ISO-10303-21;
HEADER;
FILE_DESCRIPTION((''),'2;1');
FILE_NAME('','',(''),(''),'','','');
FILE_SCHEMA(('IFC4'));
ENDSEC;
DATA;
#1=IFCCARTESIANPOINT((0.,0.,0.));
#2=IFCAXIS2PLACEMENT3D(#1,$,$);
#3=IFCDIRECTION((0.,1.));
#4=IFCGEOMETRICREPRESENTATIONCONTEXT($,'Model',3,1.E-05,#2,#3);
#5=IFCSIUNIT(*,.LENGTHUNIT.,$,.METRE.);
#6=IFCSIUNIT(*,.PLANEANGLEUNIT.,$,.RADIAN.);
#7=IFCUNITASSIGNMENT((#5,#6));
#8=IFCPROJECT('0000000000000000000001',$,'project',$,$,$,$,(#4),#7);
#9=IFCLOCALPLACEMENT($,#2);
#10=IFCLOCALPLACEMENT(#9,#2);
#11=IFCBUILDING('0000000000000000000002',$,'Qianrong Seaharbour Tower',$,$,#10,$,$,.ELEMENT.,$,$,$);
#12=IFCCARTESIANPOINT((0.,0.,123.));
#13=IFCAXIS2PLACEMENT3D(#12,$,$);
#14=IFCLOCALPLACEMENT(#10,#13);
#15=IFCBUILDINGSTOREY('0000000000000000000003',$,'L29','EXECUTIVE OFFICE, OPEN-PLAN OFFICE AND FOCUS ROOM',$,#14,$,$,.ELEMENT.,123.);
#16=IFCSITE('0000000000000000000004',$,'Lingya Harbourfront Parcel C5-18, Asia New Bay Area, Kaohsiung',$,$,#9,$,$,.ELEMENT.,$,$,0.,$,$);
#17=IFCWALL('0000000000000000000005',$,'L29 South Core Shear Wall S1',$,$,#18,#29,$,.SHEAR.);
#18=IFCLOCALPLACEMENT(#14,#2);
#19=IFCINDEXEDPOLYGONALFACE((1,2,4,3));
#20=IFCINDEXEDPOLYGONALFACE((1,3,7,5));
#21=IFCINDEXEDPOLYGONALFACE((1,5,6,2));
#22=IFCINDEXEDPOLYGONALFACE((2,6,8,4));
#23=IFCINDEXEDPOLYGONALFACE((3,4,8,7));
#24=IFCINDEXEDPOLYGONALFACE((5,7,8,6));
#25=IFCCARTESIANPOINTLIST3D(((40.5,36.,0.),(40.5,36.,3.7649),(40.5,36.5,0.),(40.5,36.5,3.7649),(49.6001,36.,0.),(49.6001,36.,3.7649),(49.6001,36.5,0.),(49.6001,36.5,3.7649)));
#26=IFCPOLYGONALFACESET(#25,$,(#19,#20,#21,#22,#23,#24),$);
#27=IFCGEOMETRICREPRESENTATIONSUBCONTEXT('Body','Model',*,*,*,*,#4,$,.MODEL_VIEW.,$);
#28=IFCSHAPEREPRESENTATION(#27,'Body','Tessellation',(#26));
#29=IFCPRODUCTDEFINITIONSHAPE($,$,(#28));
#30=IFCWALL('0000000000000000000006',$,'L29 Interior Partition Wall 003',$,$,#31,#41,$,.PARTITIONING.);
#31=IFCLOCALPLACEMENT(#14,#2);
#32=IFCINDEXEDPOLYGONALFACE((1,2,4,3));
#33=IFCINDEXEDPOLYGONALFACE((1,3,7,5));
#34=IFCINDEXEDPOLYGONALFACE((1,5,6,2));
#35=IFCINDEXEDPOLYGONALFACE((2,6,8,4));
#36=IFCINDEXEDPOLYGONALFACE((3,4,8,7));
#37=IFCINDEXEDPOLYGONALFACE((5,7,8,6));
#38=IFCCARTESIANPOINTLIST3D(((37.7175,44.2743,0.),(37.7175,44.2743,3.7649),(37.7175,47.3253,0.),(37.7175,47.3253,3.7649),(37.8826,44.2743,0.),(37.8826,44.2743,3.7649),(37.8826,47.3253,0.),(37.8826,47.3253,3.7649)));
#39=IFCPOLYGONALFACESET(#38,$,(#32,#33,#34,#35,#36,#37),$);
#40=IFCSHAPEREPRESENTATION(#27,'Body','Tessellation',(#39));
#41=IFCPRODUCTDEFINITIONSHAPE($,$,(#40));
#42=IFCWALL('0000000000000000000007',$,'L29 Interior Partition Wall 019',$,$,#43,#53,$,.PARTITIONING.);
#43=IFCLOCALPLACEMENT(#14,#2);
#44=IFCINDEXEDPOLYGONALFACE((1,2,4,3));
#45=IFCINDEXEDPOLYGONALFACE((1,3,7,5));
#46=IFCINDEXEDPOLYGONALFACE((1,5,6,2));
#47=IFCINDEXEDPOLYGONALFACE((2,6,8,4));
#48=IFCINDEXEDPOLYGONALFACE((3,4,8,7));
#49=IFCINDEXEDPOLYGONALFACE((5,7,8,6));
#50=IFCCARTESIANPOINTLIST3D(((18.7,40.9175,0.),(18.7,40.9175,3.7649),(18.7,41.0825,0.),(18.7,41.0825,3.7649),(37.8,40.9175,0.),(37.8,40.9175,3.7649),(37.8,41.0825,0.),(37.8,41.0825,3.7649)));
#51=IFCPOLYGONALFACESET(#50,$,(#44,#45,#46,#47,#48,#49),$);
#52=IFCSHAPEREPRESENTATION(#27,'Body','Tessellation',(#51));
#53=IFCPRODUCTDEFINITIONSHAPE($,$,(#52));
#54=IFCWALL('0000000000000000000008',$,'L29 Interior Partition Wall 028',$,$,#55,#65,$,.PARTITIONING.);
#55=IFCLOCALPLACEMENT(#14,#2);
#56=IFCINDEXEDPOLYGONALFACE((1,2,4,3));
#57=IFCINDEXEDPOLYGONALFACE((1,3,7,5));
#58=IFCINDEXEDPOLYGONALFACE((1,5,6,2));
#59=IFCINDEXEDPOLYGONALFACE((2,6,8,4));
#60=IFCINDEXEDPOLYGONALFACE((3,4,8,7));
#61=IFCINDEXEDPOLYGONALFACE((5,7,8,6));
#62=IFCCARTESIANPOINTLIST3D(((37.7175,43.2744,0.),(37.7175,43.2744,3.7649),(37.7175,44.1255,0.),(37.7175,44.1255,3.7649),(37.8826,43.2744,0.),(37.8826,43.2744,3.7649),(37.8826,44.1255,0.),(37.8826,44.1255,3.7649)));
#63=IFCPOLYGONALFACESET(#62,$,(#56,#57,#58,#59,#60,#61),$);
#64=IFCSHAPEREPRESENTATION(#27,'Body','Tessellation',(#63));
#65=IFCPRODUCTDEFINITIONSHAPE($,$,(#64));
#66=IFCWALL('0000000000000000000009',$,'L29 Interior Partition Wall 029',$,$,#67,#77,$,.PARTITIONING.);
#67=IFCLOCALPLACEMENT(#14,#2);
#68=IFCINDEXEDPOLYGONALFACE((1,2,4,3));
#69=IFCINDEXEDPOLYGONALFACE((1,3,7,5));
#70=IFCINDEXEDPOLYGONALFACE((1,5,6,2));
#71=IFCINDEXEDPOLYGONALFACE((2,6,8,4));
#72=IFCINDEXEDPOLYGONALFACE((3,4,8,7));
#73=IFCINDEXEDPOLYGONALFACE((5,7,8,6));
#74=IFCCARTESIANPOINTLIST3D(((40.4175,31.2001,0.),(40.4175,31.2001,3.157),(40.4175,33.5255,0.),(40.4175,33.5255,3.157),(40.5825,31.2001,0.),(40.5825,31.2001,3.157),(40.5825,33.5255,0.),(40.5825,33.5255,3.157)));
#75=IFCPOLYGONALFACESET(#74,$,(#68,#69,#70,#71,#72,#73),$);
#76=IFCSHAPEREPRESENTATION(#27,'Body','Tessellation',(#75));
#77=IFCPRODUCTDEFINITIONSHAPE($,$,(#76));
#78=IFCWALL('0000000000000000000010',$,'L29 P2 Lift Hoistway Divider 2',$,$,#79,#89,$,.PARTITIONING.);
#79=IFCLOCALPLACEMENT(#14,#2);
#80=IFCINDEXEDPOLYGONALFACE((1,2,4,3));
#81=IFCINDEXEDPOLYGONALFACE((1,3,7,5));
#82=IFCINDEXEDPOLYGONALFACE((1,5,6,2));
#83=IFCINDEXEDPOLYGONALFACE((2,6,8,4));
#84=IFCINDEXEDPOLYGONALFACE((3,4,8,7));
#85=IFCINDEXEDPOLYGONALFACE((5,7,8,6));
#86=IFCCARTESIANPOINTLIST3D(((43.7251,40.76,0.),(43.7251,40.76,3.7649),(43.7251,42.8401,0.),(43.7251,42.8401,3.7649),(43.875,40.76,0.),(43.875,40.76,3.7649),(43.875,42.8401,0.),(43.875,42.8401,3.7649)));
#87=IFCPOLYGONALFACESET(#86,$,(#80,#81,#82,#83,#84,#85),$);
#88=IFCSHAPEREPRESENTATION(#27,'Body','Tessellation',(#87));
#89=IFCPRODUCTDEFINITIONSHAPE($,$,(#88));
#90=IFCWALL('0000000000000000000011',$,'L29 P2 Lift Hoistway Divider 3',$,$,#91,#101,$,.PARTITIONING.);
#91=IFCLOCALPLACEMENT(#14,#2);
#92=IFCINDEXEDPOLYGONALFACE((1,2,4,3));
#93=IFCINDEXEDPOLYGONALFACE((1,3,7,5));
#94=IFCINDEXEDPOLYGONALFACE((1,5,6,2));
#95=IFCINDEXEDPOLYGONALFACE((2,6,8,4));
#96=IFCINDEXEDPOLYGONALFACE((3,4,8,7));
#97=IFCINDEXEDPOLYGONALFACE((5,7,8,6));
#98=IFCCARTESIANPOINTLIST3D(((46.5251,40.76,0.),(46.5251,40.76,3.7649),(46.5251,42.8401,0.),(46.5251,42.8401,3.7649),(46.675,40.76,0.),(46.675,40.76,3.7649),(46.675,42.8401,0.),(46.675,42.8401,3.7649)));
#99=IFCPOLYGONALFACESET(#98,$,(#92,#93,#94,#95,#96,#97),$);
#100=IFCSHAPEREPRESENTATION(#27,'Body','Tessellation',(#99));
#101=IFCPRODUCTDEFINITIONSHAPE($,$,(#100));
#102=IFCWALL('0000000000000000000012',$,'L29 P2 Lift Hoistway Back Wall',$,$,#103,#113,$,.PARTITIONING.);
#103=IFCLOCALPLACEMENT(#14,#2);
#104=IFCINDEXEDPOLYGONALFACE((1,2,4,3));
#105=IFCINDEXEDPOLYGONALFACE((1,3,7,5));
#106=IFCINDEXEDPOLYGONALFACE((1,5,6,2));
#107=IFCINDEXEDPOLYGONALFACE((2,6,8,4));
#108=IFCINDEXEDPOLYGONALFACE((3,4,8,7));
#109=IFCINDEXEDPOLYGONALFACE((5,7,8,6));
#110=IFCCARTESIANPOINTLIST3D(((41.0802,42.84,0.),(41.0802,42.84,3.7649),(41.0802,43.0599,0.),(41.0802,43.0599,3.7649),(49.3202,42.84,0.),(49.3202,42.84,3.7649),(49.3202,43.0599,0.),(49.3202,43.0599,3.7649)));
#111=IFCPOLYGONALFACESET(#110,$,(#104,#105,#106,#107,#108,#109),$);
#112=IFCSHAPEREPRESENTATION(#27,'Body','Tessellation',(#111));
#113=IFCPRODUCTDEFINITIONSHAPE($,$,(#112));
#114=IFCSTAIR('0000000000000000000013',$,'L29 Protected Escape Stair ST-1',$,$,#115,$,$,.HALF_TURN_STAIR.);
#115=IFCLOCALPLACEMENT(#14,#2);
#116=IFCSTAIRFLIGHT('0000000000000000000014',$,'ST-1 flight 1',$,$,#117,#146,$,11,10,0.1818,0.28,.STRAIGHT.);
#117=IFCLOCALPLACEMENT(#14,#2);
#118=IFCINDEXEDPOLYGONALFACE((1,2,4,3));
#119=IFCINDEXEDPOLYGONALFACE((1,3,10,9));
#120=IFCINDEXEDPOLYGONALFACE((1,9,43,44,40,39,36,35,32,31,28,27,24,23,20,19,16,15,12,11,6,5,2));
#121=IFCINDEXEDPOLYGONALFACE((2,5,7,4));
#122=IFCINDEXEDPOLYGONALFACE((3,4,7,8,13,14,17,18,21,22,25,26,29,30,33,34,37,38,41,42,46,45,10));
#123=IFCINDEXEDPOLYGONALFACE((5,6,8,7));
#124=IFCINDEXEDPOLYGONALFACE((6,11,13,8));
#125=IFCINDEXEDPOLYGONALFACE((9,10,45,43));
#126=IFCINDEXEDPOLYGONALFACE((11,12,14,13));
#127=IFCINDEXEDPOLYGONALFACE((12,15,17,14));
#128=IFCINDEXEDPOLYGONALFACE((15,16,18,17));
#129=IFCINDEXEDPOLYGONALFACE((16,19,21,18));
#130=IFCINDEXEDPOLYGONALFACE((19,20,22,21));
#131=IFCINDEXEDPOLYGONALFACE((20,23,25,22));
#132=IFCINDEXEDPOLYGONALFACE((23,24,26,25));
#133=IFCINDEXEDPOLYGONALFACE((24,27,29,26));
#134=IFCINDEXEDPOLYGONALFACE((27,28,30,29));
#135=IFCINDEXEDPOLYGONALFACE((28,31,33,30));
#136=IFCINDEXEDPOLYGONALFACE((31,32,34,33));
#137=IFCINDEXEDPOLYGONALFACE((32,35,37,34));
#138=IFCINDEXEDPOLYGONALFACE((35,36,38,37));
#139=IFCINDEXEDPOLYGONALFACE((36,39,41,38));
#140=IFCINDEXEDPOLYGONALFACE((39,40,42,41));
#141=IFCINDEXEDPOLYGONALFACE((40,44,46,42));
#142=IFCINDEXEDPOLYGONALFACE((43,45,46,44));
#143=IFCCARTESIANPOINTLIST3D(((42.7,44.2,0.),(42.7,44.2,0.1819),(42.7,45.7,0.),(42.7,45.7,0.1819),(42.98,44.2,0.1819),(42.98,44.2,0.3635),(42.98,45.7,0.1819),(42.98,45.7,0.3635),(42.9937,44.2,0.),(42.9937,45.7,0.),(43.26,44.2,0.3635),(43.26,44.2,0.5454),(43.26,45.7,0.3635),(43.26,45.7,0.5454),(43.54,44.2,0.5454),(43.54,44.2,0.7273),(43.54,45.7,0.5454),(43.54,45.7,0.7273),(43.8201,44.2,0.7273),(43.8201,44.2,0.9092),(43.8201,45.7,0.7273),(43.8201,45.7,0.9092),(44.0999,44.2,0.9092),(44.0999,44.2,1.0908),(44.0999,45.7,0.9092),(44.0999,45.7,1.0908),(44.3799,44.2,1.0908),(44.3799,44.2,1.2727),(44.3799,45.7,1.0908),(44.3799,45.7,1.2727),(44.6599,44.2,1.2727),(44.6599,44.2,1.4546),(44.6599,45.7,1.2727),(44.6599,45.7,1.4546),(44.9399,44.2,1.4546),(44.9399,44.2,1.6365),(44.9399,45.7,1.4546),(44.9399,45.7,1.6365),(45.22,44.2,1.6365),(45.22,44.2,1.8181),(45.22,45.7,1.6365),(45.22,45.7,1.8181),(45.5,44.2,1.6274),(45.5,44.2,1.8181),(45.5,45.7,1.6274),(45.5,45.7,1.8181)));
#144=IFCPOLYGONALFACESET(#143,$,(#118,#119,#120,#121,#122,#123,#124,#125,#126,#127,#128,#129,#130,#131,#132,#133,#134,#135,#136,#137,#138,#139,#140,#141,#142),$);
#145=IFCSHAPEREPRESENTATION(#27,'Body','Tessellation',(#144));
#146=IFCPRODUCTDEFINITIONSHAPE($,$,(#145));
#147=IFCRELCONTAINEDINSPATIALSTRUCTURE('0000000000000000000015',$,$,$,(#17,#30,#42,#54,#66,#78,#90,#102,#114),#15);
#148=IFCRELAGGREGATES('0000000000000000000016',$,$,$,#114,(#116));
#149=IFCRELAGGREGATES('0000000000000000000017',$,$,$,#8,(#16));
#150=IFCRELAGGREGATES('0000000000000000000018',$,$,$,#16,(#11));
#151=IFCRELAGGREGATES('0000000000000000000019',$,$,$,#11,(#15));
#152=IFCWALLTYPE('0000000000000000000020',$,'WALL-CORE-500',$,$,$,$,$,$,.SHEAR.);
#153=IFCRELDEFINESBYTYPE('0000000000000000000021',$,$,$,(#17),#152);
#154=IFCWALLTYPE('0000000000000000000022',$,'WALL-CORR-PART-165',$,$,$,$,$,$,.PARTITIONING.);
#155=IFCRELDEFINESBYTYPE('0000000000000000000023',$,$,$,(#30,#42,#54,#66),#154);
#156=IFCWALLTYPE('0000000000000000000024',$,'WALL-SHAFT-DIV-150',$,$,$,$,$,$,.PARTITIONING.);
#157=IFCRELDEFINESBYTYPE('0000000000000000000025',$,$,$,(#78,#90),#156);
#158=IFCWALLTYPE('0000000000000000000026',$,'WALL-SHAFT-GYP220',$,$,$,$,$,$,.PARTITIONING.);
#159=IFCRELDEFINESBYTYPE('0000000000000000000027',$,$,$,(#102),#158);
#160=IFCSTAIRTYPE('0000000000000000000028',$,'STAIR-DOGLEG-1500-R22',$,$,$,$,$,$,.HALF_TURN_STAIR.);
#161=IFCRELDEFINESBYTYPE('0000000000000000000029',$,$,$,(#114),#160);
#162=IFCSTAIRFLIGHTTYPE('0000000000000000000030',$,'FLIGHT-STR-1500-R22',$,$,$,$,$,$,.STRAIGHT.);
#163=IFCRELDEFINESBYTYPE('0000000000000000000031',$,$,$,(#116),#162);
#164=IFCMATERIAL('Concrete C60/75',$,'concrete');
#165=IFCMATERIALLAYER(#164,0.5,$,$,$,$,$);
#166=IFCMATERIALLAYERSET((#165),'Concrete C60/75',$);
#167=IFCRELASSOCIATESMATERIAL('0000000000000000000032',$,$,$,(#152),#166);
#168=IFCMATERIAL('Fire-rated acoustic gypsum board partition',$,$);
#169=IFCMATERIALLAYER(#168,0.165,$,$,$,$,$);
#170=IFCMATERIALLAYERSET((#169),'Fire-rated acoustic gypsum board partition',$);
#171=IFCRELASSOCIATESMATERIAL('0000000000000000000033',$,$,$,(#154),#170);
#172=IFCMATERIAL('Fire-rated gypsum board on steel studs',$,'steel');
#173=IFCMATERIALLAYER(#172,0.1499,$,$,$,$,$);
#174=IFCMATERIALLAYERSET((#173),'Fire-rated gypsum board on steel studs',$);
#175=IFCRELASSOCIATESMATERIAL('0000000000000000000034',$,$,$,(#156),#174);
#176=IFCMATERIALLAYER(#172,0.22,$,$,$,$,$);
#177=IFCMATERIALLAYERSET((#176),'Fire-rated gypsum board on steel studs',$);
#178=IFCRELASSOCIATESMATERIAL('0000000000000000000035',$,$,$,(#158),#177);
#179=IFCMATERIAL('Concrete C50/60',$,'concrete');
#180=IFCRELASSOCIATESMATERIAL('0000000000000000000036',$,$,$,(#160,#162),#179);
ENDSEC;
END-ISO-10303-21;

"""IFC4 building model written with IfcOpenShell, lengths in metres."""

from ifc_helpers import new_model, si_unit, direction, frame, frame_2d, origin, place, context, subcontext, project, spatial, polyline, rectangle, outline, extrude, material, layer, layer_set, type_object, element, aggregate, save


model = new_model("IFC4")

# Units and contexts
model_context = context("Model", 3, precision=1e-05, world=origin(), true_north=direction((0.0, 1.0)))
body_context = subcontext(model_context, "Body", "Model", "MODEL_VIEW")
ifc_project = project(units=[si_unit("LENGTHUNIT", "METRE"), si_unit("PLANEANGLEUNIT", "RADIAN")], contexts=[model_context])

# Site, building, storey
site_placement = place(None, origin())
site = spatial("IfcSite", under=ifc_project, at=site_placement, Name="Lingya Harbourfront Parcel C5-18, Asia New Bay Area, Kaohsiung", CompositionType="ELEMENT", RefElevation=0.0)
building_placement = place(site_placement, origin())
building = spatial("IfcBuilding", under=site, at=building_placement, Name="Qianrong Seaharbour Tower", CompositionType="ELEMENT")
storey_placement = place(building_placement, frame((0.0, 0.0, 123.0)))
storey = spatial("IfcBuildingStorey", under=building, at=storey_placement, Name="L29", Description="EXECUTIVE OFFICE, OPEN-PLAN OFFICE AND FOCUS ROOM", CompositionType="ELEMENT", Elevation=123.0)

# Wall
ifc_material_1 = material(Name="Concrete C60/75", Category="concrete")
ifc_layer_1 = layer(ifc_material_1, 0.5)
ifc_layer_set_1 = layer_set([ifc_layer_1], Name="Concrete C60/75")
wall_type_1 = type_object("IfcWallType", Name="WALL-CORE-500", PredefinedType="SHEAR", material=ifc_layer_set_1)
wall_1_placement = place(storey_placement, frame((40.5, 36.25, 0.0), z_axis=(0.0, 0.0, 1.0), x_axis=(1.0, 0.0, 0.0)))
element("IfcWall", 1, at=wall_1_placement, inside=storey, type_object=wall_type_1, Name="L29 South Core Shear Wall S1", PredefinedType="SHEAR", context=body_context, shape_type="SweptSolid", body=[
    extrude(rectangle(XDim=9.1001, YDim=0.5, at=frame_2d((4.55, 0.0))), origin(), (0.0, 0.0, 1.0), 3.7649),
])

# Shared definitions
ifc_material_2 = material(Name="Fire-rated acoustic gypsum board partition")
ifc_layer_2 = layer(ifc_material_2, 0.165)
ifc_layer_set_2 = layer_set([ifc_layer_2], Name="Fire-rated acoustic gypsum board partition")
wall_type_2 = type_object("IfcWallType", Name="WALL-CORR-PART-165", PredefinedType="PARTITIONING", material=ifc_layer_set_2)

# Walls
wall_2_placement = place(storey_placement, frame((37.8, 44.2744, 0.0), z_axis=(0.0, 0.0, 1.0), x_axis=(0.0, 1.0, 0.0)))
element("IfcWall", 2, at=wall_2_placement, inside=storey, type_object=wall_type_2, Name="L29 Interior Partition Wall 003", PredefinedType="PARTITIONING", context=body_context, shape_type="SweptSolid", body=[
    extrude(rectangle(XDim=3.051, YDim=0.165, at=frame_2d((1.5254, 0.0))), origin(), (0.0, 0.0, 1.0), 3.7649),
])
wall_3_placement = place(storey_placement, frame((37.8, 41.0, 0.0), z_axis=(0.0, 0.0, 1.0), x_axis=(-1.0, 0.0, 0.0)))
element("IfcWall", 3, at=wall_3_placement, inside=storey, type_object=wall_type_2, Name="L29 Interior Partition Wall 019", PredefinedType="PARTITIONING", context=body_context, shape_type="SweptSolid", body=[
    extrude(rectangle(XDim=19.1001, YDim=0.165, at=frame_2d((9.55, 0.0))), origin(), (0.0, 0.0, 1.0), 3.7649),
])
wall_4_placement = place(storey_placement, frame((37.8, 43.2744, 0.0), z_axis=(0.0, 0.0, 1.0), x_axis=(0.0, 1.0, 0.0)))
element("IfcWall", 4, at=wall_4_placement, inside=storey, type_object=wall_type_2, Name="L29 Interior Partition Wall 028", PredefinedType="PARTITIONING", context=body_context, shape_type="SweptSolid", body=[
    extrude(rectangle(XDim=0.8511, YDim=0.165, at=frame_2d((0.4255, 0.0))), origin(), (0.0, 0.0, 1.0), 3.7649),
])
wall_5_placement = place(storey_placement, frame((40.5, 33.5254, 0.0), z_axis=(0.0, 0.0, 1.0), x_axis=(0.0, -1.0, 0.0)))
element("IfcWall", 5, at=wall_5_placement, inside=storey, type_object=wall_type_2, Name="L29 Interior Partition Wall 029", PredefinedType="PARTITIONING", context=body_context, shape_type="SweptSolid", body=[
    extrude(rectangle(XDim=2.3254, YDim=0.165, at=frame_2d((1.1626, 0.0))), origin(), (0.0, 0.0, 1.0), 3.157),
])
ifc_material_3 = material(Name="Fire-rated gypsum board on steel studs", Category="steel")
ifc_layer_3 = layer(ifc_material_3, 0.1499)
ifc_layer_set_3 = layer_set([ifc_layer_3], Name="Fire-rated gypsum board on steel studs")
wall_type_3 = type_object("IfcWallType", Name="WALL-SHAFT-DIV-150", PredefinedType="PARTITIONING", material=ifc_layer_set_3)
for number, where, z_axis, x_axis, name in (
    (6, (43.8, 40.76, 0.0), (0.0, 0.0, 1.0), (0.0, 1.0, 0.0), "L29 P2 Lift Hoistway Divider 2"),
    (7, (46.6001, 40.76, 0.0), (0.0, 0.0, 1.0), (0.0, 1.0, 0.0), "L29 P2 Lift Hoistway Divider 3"),
):
    element("IfcWall", number, at=place(storey_placement, frame(where, z_axis=z_axis, x_axis=x_axis)), inside=storey, type_object=wall_type_3, Name=name, PredefinedType="PARTITIONING", context=body_context, shape_type="SweptSolid", body=[
        extrude(rectangle(XDim=2.0801, YDim=0.1499, at=frame_2d((1.04, 0.0))), origin(), (0.0, 0.0, 1.0), 3.7649),
    ])
ifc_layer_4 = layer(ifc_material_3, 0.22)
ifc_layer_set_4 = layer_set([ifc_layer_4], Name="Fire-rated gypsum board on steel studs")
wall_type_4 = type_object("IfcWallType", Name="WALL-SHAFT-GYP220", PredefinedType="PARTITIONING", material=ifc_layer_set_4)
wall_6_placement = place(storey_placement, frame((41.0801, 42.95, 0.0), z_axis=(0.0, 0.0, 1.0), x_axis=(1.0, 0.0, 0.0)))
element("IfcWall", 8, at=wall_6_placement, inside=storey, type_object=wall_type_4, Name="L29 P2 Lift Hoistway Back Wall", PredefinedType="PARTITIONING", context=body_context, shape_type="SweptSolid", body=[
    extrude(rectangle(XDim=8.24, YDim=0.22, at=frame_2d((4.1201, 0.0))), origin(), (0.0, 0.0, 1.0), 3.7649),
])

# Stair, stair flight
ifc_material_4 = material(Name="Concrete C50/60", Category="concrete")
stair_type = type_object("IfcStairType", Name="STAIR-DOGLEG-1500-R22", PredefinedType="HALF_TURN_STAIR", material=ifc_material_4)
stair_placement = place(storey_placement, origin())
stair = element("IfcStair", 9, at=stair_placement, inside=storey, type_object=stair_type, Name="L29 Protected Escape Stair ST-1", PredefinedType="HALF_TURN_STAIR")
stair_flight_type = type_object("IfcStairFlightType", Name="FLIGHT-STR-1500-R22", PredefinedType="STRAIGHT", material=ifc_material_4)
stair_flight_placement = place(storey_placement, frame((42.7, 44.95, 0.0), z_axis=(0.0, 0.0, 1.0), x_axis=(1.0, 0.0, 0.0)))
stair_flight = element("IfcStairFlight", 10, at=stair_flight_placement, type_object=stair_flight_type, Name="ST-1 flight 1", NumberOfRisers=11, NumberOfTreads=10, PredefinedType="STRAIGHT", RiserHeight=0.1818, TreadLength=0.28, context=body_context, shape_type="SweptSolid", body=[
    extrude(outline(polyline([(0.0, 0.0), (0.0, 0.1819), (0.28, 0.1819), (0.28, 0.3635), (0.5601, 0.3635), (0.5601, 0.5454), (0.8401, 0.5454), (0.8401, 0.7273), (1.1201, 0.7273), (1.1201, 0.9092), (1.3999, 0.9092), (1.3999, 1.0908), (1.6799, 1.0908), (1.6799, 1.2727), (1.96, 1.2727), (1.96, 1.4546), (2.24, 1.4546), (2.24, 1.6365), (2.52, 1.6365), (2.52, 1.8181), (2.8, 1.8181), (2.8, 2.0), (2.8, 1.6274), (0.2937, 0.0), (0.0, 0.0)])), frame((0.0, 0.75, 0.0), z_axis=(0.0, -1.0, 0.0), x_axis=(1.0, 0.0, 0.0)), (0.0, 0.0, 1.0), 1.5),
])
aggregate(stair, [stair_flight])

save(model, "model.ifc")
